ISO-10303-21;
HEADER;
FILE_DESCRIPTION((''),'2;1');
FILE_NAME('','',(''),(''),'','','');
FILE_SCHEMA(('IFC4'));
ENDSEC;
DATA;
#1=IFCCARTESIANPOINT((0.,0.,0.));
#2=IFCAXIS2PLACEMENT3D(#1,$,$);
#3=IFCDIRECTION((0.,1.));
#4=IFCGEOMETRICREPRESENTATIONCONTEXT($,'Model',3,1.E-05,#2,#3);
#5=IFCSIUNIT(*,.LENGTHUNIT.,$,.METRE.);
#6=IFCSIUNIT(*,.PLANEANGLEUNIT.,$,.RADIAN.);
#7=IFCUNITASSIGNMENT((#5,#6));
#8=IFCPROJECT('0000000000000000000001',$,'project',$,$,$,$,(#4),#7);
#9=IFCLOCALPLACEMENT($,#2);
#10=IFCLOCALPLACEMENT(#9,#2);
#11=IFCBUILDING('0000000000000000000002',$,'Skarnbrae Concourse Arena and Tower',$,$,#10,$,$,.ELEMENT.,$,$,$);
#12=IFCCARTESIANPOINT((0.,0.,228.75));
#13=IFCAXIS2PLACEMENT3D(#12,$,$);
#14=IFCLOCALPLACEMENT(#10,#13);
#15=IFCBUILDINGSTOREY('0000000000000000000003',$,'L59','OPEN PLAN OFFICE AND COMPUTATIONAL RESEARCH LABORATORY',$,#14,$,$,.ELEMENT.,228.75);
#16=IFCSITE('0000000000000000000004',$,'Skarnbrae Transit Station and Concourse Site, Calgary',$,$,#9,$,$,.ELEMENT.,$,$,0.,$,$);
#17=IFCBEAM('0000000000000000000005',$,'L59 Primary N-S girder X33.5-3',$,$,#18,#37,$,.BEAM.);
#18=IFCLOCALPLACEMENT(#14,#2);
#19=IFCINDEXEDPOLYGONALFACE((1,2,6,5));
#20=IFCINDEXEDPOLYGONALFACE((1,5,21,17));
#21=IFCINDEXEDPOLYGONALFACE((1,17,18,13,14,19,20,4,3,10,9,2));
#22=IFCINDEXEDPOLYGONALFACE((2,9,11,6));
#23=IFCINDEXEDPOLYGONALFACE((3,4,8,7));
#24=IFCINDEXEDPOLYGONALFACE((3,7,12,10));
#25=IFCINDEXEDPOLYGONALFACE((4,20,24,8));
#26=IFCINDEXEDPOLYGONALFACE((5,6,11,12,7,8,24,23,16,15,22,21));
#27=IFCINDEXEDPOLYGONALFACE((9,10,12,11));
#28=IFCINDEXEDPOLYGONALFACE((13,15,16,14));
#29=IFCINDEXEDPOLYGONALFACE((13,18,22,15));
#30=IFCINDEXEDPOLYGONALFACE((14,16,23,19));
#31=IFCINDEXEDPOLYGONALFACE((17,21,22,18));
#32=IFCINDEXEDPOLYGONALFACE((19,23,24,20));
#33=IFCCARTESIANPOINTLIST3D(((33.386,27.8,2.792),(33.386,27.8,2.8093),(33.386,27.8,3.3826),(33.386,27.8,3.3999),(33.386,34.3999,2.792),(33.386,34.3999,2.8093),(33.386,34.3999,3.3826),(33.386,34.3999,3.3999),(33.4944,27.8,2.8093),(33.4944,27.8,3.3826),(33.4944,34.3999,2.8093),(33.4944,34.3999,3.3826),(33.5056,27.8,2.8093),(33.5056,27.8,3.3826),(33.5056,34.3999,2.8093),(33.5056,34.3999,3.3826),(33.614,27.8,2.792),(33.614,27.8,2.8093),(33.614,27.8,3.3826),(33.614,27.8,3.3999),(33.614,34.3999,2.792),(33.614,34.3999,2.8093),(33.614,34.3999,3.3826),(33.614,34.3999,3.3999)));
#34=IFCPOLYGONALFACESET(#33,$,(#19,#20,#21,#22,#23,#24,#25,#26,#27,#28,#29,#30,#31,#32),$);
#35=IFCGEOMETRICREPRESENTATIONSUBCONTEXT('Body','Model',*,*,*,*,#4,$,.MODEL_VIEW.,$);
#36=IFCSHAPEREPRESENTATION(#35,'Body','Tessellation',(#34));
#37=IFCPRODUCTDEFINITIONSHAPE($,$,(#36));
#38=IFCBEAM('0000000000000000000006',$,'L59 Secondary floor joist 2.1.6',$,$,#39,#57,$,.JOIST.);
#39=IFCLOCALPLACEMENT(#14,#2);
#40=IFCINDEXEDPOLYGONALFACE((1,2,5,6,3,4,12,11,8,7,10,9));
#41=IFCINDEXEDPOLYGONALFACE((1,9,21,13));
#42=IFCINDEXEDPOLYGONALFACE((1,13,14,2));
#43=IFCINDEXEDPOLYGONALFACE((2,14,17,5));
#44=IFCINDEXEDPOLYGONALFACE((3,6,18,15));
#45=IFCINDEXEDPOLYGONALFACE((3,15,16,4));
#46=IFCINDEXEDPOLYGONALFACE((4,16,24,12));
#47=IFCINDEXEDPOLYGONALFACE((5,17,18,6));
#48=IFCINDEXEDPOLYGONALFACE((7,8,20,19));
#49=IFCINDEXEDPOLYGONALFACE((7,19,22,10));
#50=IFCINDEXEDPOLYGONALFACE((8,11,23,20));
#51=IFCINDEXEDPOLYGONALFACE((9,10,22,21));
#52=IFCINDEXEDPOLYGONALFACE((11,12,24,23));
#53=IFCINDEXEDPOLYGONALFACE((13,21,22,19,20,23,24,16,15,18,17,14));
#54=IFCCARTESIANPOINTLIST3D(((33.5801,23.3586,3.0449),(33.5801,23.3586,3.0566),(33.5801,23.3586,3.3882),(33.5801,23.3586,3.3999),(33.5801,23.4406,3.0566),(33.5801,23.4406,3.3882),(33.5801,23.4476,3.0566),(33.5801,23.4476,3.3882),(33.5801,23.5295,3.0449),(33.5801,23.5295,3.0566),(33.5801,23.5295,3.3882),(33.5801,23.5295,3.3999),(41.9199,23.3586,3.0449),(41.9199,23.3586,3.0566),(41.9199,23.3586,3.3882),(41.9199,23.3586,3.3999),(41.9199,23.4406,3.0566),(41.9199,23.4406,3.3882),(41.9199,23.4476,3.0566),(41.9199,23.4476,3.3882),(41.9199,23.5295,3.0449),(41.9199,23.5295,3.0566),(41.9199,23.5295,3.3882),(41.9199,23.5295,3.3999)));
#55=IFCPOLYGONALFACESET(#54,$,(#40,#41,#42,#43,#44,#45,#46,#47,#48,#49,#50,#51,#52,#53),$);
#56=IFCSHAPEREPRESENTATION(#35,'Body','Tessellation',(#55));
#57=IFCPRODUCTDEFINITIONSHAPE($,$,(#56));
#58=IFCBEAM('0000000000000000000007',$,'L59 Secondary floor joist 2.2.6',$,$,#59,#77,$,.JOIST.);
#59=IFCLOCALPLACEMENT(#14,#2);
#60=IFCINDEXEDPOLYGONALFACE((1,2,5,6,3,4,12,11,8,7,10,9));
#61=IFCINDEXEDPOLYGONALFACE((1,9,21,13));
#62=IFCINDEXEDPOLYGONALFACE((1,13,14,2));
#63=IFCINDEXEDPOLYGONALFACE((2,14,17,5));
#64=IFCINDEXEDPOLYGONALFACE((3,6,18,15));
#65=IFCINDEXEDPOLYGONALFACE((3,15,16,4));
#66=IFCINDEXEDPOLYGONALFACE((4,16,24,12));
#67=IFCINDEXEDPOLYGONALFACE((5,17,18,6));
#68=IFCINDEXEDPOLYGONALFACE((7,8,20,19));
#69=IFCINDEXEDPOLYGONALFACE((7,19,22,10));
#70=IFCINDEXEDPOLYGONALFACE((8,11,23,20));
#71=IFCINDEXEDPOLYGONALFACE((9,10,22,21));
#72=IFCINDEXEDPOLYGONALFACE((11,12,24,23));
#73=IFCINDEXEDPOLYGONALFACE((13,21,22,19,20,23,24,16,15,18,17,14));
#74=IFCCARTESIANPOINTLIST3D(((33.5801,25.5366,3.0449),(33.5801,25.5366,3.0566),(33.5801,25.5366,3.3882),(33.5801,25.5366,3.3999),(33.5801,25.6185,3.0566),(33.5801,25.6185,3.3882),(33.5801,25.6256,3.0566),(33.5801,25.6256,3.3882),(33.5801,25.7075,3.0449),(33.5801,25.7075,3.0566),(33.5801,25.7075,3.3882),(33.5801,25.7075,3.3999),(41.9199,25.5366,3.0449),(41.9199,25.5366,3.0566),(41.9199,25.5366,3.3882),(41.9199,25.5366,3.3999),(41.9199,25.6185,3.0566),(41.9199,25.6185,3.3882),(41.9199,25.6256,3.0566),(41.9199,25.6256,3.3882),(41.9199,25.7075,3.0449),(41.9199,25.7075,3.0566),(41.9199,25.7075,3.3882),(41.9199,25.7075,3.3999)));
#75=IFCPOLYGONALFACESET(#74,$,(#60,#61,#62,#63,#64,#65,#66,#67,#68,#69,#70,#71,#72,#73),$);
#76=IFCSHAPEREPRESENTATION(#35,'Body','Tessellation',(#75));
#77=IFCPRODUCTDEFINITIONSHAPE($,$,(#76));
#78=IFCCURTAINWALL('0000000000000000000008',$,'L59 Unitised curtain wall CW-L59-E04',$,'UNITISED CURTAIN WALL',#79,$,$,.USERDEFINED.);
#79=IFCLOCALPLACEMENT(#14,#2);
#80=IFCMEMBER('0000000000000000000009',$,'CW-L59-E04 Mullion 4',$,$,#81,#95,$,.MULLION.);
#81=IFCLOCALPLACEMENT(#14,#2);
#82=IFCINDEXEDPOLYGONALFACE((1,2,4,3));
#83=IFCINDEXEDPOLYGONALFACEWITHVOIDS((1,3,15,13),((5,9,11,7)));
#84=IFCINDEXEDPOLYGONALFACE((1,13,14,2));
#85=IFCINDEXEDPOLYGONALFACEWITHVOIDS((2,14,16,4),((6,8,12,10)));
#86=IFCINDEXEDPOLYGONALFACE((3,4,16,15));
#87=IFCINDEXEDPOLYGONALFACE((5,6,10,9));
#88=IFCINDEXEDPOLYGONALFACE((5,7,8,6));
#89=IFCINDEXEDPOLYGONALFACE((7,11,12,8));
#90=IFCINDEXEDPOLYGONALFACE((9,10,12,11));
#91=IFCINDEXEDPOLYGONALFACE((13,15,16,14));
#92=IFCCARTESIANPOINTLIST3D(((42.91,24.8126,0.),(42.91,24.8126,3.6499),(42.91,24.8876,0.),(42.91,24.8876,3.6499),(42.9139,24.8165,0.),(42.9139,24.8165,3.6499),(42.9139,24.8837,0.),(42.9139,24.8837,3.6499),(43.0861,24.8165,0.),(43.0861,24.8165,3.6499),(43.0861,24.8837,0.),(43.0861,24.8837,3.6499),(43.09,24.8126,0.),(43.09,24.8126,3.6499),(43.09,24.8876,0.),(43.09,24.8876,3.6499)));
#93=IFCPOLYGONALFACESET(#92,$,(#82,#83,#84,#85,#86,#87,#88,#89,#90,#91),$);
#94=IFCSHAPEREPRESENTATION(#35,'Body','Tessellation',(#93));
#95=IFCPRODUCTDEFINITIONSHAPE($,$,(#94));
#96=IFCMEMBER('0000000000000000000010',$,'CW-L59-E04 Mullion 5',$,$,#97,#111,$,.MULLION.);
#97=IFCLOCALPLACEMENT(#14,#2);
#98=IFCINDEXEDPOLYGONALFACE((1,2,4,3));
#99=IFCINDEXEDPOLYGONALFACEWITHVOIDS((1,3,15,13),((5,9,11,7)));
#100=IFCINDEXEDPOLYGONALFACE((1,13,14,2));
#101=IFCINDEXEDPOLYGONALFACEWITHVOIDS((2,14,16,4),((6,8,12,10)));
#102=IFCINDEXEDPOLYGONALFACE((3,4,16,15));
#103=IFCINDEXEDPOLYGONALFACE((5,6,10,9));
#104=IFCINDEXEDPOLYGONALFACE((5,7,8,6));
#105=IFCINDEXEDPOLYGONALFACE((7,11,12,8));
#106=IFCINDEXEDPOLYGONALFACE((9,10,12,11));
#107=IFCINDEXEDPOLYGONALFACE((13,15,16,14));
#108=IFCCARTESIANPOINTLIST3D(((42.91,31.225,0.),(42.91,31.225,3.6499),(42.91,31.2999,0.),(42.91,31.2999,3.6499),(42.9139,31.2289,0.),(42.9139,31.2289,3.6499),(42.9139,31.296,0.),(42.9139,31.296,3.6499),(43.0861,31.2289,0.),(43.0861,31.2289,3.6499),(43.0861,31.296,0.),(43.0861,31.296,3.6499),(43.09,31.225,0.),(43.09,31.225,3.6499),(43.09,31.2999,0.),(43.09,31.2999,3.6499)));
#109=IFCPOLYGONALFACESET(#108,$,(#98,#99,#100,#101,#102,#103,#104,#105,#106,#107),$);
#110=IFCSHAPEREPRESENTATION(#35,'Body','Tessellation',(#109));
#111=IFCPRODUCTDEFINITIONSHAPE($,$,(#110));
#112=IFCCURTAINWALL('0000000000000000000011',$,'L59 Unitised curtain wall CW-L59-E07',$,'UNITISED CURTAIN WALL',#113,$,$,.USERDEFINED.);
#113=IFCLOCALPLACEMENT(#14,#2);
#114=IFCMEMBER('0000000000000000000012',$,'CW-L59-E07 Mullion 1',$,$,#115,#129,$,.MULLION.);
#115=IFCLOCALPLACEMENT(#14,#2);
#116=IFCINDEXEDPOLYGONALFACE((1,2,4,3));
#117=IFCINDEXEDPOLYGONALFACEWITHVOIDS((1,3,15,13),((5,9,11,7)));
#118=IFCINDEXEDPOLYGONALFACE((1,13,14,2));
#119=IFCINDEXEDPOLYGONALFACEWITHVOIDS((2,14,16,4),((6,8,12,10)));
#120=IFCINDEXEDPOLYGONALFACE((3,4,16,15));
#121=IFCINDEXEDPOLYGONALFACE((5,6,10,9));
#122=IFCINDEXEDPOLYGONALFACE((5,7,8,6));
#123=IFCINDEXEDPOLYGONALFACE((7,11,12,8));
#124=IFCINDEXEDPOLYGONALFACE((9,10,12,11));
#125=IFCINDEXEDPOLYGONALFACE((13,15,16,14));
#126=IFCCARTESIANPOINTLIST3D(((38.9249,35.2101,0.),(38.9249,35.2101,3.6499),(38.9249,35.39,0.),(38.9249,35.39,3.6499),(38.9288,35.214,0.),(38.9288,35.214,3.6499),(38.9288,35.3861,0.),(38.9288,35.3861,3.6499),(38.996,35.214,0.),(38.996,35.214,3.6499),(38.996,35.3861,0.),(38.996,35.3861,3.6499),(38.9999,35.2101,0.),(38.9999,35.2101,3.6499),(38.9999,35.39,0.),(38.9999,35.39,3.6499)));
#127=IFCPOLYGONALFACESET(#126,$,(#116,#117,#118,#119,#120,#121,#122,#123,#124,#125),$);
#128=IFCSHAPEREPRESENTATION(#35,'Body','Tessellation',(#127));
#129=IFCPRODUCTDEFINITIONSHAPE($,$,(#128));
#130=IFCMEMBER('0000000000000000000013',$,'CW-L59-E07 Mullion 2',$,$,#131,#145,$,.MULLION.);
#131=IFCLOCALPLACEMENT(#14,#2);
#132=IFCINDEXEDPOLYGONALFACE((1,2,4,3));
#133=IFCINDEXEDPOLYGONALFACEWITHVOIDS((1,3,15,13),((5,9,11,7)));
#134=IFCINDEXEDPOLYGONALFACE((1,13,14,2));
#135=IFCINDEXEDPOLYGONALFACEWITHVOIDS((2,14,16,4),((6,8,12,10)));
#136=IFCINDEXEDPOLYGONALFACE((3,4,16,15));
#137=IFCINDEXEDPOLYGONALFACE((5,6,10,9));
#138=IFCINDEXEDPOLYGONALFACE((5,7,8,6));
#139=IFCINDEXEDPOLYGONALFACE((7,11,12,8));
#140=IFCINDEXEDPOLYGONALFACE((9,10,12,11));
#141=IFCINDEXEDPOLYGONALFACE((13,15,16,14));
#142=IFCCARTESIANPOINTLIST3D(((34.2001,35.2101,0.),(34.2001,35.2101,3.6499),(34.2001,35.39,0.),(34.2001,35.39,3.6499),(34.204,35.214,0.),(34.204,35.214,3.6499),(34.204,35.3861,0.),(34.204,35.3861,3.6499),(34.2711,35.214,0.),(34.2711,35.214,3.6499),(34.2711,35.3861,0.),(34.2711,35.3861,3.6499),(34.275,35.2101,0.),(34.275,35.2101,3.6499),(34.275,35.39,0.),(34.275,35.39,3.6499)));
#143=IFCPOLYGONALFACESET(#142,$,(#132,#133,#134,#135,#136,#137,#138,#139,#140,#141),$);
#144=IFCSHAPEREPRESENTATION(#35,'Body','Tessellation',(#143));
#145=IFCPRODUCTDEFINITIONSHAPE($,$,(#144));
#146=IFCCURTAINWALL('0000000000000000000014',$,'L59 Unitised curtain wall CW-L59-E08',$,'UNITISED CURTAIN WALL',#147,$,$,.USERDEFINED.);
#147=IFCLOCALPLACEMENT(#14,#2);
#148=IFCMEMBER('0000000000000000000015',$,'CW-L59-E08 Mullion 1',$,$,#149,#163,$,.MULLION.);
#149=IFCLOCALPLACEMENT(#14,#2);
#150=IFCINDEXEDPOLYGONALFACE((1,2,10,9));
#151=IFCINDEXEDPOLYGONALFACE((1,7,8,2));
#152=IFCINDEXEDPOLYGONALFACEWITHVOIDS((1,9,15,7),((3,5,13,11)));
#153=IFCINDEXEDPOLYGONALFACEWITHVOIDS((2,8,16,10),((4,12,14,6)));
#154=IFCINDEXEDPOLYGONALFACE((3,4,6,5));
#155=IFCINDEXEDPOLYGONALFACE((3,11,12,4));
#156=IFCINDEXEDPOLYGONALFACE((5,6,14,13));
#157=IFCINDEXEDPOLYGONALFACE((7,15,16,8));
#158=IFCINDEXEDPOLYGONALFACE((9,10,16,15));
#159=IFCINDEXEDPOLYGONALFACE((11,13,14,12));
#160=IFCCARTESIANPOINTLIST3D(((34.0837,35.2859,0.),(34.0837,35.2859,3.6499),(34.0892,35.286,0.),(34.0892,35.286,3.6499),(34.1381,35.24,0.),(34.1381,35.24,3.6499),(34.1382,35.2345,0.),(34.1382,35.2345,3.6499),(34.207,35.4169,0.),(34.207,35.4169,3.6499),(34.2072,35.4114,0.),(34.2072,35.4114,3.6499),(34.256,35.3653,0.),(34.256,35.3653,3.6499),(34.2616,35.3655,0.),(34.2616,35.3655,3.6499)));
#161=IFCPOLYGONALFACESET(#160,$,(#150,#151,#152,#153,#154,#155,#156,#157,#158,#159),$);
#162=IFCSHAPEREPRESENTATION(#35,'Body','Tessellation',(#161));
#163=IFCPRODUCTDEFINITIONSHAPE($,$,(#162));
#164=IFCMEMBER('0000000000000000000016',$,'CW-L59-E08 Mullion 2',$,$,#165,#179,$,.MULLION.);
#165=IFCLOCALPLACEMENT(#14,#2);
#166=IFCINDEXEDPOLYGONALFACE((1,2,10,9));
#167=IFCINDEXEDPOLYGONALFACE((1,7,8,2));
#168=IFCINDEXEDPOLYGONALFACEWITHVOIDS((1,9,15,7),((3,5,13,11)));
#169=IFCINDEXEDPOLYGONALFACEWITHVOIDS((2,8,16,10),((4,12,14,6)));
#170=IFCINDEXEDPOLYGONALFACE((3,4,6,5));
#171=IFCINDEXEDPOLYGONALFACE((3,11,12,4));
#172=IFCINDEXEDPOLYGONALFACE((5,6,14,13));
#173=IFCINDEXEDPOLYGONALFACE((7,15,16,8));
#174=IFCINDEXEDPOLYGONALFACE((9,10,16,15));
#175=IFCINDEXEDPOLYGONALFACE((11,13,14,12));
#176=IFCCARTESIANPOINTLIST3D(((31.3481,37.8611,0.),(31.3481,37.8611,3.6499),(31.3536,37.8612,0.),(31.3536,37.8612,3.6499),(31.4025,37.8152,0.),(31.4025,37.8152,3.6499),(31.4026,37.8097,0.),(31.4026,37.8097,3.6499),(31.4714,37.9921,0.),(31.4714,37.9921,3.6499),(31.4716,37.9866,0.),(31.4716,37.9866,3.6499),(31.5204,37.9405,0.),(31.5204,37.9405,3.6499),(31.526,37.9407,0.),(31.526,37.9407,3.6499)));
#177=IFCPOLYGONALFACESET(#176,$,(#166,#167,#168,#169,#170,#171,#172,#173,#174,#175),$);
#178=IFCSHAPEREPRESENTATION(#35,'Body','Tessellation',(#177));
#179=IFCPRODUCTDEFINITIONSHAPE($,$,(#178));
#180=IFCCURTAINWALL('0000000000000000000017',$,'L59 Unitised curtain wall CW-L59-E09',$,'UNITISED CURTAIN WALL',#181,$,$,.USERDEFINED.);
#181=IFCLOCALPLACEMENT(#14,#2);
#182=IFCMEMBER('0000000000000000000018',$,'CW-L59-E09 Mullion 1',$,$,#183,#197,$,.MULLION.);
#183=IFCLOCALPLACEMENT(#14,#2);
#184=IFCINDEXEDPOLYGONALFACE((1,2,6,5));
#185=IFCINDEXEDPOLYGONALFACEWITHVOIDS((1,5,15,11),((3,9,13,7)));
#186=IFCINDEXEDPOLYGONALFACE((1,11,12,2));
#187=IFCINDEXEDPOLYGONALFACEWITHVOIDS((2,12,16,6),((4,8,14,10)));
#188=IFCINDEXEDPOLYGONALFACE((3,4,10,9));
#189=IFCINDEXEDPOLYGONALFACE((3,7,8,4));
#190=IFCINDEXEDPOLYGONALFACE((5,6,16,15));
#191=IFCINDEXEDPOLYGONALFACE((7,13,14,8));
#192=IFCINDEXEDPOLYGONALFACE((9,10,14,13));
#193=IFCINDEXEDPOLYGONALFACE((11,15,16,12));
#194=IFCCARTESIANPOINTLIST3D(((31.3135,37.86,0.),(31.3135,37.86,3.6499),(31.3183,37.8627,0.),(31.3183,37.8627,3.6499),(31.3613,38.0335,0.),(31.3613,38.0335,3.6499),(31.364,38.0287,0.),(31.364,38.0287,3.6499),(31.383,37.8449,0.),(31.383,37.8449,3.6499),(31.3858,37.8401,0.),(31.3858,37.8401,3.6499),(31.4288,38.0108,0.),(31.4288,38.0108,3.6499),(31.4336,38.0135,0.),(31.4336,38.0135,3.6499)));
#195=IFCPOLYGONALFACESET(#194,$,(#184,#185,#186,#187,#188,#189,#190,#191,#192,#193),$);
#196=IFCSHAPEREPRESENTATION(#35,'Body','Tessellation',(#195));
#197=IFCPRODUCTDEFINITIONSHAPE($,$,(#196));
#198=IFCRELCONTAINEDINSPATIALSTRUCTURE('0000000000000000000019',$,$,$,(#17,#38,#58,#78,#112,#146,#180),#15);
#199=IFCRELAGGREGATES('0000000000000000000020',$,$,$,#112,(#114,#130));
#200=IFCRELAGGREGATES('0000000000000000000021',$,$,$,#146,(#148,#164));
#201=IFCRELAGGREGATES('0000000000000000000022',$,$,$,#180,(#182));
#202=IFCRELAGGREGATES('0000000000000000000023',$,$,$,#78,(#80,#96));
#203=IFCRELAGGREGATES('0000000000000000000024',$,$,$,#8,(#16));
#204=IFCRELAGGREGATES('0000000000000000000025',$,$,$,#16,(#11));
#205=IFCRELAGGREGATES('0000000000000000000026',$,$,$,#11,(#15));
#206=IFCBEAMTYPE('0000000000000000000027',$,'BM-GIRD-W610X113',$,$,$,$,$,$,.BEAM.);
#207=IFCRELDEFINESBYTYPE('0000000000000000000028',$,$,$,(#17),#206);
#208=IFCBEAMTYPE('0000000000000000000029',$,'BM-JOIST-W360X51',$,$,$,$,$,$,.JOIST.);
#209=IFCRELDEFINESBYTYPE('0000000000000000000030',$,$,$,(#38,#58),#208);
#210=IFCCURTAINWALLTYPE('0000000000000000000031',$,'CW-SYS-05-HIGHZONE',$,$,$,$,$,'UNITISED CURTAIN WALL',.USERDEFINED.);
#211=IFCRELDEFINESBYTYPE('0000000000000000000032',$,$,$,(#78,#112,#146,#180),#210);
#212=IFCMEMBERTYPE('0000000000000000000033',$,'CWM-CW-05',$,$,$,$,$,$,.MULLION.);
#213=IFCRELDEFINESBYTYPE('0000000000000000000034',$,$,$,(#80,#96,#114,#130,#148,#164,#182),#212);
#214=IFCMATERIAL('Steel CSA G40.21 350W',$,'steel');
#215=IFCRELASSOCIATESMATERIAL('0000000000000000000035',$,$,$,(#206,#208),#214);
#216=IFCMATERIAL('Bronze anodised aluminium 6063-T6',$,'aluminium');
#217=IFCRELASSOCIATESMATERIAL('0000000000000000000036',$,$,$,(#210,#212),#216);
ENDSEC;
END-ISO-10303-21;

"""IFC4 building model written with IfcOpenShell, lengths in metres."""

from ifc_helpers import new_model, si_unit, direction, frame, origin, origin_2d, place, context, subcontext, project, spatial, hollow_rectangle, i_section, extrude, source, transform, mapped, material, material_profile, profile_set, type_object, element, aggregate, save


model = new_model("IFC4")

# Units and contexts
model_context = context("Model", 3, precision=1e-05, world=origin(), true_north=direction((0.0, 1.0)))
body_context = subcontext(model_context, "Body", "Model", "MODEL_VIEW")
ifc_project = project(units=[si_unit("LENGTHUNIT", "METRE"), si_unit("PLANEANGLEUNIT", "RADIAN")], contexts=[model_context])

# Site, building, storey
site_placement = place(None, origin())
site = spatial("IfcSite", under=ifc_project, at=site_placement, Name="Skarnbrae Transit Station and Concourse Site, Calgary", CompositionType="ELEMENT", RefElevation=0.0)
building_placement = place(site_placement, origin())
building = spatial("IfcBuilding", under=site, at=building_placement, Name="Skarnbrae Concourse Arena and Tower", CompositionType="ELEMENT")
storey_placement = place(building_placement, frame((0.0, 0.0, 228.75)))
storey = spatial("IfcBuildingStorey", under=building, at=storey_placement, Name="L59", Description="OPEN PLAN OFFICE AND COMPUTATIONAL RESEARCH LABORATORY", CompositionType="ELEMENT", Elevation=228.75)

# Shared definitions
ifc_material_1 = material(Name="Steel CSA G40.21 350W", Category="steel")

# Beams
ifc_material_profile_1 = material_profile(ifc_material_1, i_section(OverallWidth=0.228, OverallDepth=0.6079, WebThickness=0.0112, FlangeThickness=0.0173, at=origin_2d()), Name="W610X113")
ifc_profile_set_1 = profile_set([ifc_material_profile_1], Name="Steel CSA G40.21 350W")
beam_type_1 = type_object("IfcBeamType", Name="BM-GIRD-W610X113", PredefinedType="BEAM", material=ifc_profile_set_1)
shared_shape_1 = source(origin(), body_context, "Body", "SweptSolid", [
    extrude(i_section(OverallWidth=0.228, OverallDepth=0.6079, WebThickness=0.0112, FlangeThickness=0.0173, at=origin_2d()), origin(), (0.0, 0.0, 1.0), 6.5999),
])
beam_1_placement = place(storey_placement, frame((33.5, 27.8, 3.0959), z_axis=(0.0, 1.0, 0.0), x_axis=(-1.0, 0.0, 0.0)))
element("IfcBeam", 1, at=beam_1_placement, inside=storey, type_object=beam_type_1, Name="L59 Primary N-S girder X33.5-3", PredefinedType="BEAM", context=body_context, shape_type="MappedRepresentation", body=[
    mapped(shared_shape_1, transform((0.0, 0.0, 0.0))),
])
ifc_material_profile_2 = material_profile(ifc_material_1, i_section(OverallWidth=0.1709, OverallDepth=0.355, WebThickness=0.0071, FlangeThickness=0.0117, at=origin_2d()), Name="W360X51")
ifc_profile_set_2 = profile_set([ifc_material_profile_2], Name="Steel CSA G40.21 350W")
beam_type_2 = type_object("IfcBeamType", Name="BM-JOIST-W360X51", PredefinedType="JOIST", material=ifc_profile_set_2)
shared_shape_2 = source(origin(), body_context, "Body", "SweptSolid", [
    extrude(i_section(OverallWidth=0.1709, OverallDepth=0.355, WebThickness=0.0071, FlangeThickness=0.0117, at=origin_2d()), origin(), (0.0, 0.0, 1.0), 8.3398),
])
for number, where, z_axis, x_axis, name in (
    (2, (33.5801, 23.4441, 3.2224), (1.0, 0.0, 0.0), (0.0, 1.0, 0.0), "L59 Secondary floor joist 2.1.6"),
    (3, (33.5801, 25.6221, 3.2224), (1.0, 0.0, 0.0), (0.0, 1.0, 0.0), "L59 Secondary floor joist 2.2.6"),
):
    element("IfcBeam", number, at=place(storey_placement, frame(where, z_axis=z_axis, x_axis=x_axis)), inside=storey, type_object=beam_type_2, Name=name, PredefinedType="JOIST", context=body_context, shape_type="MappedRepresentation", body=[
        mapped(shared_shape_2, transform((0.0, 0.0, 0.0))),
    ])

# Curtain walls, members
ifc_material_2 = material(Name="Bronze anodised aluminium 6063-T6", Category="aluminium")
curtain_wall_type = type_object("IfcCurtainWallType", Name="CW-SYS-05-HIGHZONE", ElementType="UNITISED CURTAIN WALL", PredefinedType="USERDEFINED", material=ifc_material_2)
curtain_wall_1_placement = place(storey_placement, origin())
curtain_wall_1 = element("IfcCurtainWall", 4, at=curtain_wall_1_placement, inside=storey, type_object=curtain_wall_type, Name="L59 Unitised curtain wall CW-L59-E04", ObjectType="UNITISED CURTAIN WALL", PredefinedType="USERDEFINED")
ifc_material_profile_3 = material_profile(ifc_material_2, hollow_rectangle(XDim=0.075, YDim=0.1799, WallThickness=0.0039, at=origin_2d()), Name="ALU-MULL-75X180")
ifc_profile_set_3 = profile_set([ifc_material_profile_3], Name="Bronze anodised aluminium 6063-T6")
member_type_1 = type_object("IfcMemberType", Name="CWM-CW-05", PredefinedType="MULLION", material=ifc_profile_set_3)
shared_shape_3 = source(origin(), body_context, "Body", "SweptSolid", [
    extrude(hollow_rectangle(XDim=0.075, YDim=0.1799, WallThickness=0.0039, at=origin_2d()), origin(), (0.0, 0.0, 1.0), 3.6499),
])
member_1_placement = place(storey_placement, frame((43.0, 24.8501, 0.0), z_axis=(0.0, 0.0, 1.0), x_axis=(0.0, 1.0, 0.0)))
member_1 = element("IfcMember", 5, at=member_1_placement, type_object=member_type_1, Name="CW-L59-E04 Mullion 4", PredefinedType="MULLION", context=body_context, shape_type="MappedRepresentation", body=[
    mapped(shared_shape_3, transform((0.0, 0.0, 0.0))),
])
member_2_placement = place(storey_placement, frame((43.0, 31.2625, 0.0), z_axis=(0.0, 0.0, 1.0), x_axis=(0.0, 1.0, 0.0)))
member_2 = element("IfcMember", 6, at=member_2_placement, type_object=member_type_1, Name="CW-L59-E04 Mullion 5", PredefinedType="MULLION", context=body_context, shape_type="MappedRepresentation", body=[
    mapped(shared_shape_3, transform((0.0, 0.0, 0.0))),
])
curtain_wall_2_placement = place(storey_placement, origin())
curtain_wall_2 = element("IfcCurtainWall", 7, at=curtain_wall_2_placement, inside=storey, type_object=curtain_wall_type, Name="L59 Unitised curtain wall CW-L59-E07", ObjectType="UNITISED CURTAIN WALL", PredefinedType="USERDEFINED")
member_3_placement = place(storey_placement, frame((38.9624, 35.3, 0.0), z_axis=(0.0, 0.0, 1.0), x_axis=(-1.0, 0.0, 0.0)))
member_3 = element("IfcMember", 8, at=member_3_placement, type_object=member_type_1, Name="CW-L59-E07 Mullion 1", PredefinedType="MULLION", context=body_context, shape_type="MappedRepresentation", body=[
    mapped(shared_shape_3, transform((0.0, 0.0, 0.0))),
])
member_4_placement = place(storey_placement, frame((34.2375, 35.3, 0.0), z_axis=(0.0, 0.0, 1.0), x_axis=(-1.0, 0.0, 0.0)))
member_4 = element("IfcMember", 9, at=member_4_placement, type_object=member_type_1, Name="CW-L59-E07 Mullion 2", PredefinedType="MULLION", context=body_context, shape_type="MappedRepresentation", body=[
    mapped(shared_shape_3, transform((0.0, 0.0, 0.0))),
])
curtain_wall_3_placement = place(storey_placement, origin())
curtain_wall_3 = element("IfcCurtainWall", 10, at=curtain_wall_3_placement, inside=storey, type_object=curtain_wall_type, Name="L59 Unitised curtain wall CW-L59-E08", ObjectType="UNITISED CURTAIN WALL", PredefinedType="USERDEFINED")
member_5_placement = place(storey_placement, frame((34.1726, 35.3257, 0.0), z_axis=(0.0, 0.0, 1.0), x_axis=(-0.728131, 0.685438, 0.0)))
member_5 = element("IfcMember", 11, at=member_5_placement, type_object=member_type_1, Name="CW-L59-E08 Mullion 1", PredefinedType="MULLION", context=body_context, shape_type="MappedRepresentation", body=[
    mapped(shared_shape_3, transform((0.0, 0.0, 0.0))),
])
member_6_placement = place(storey_placement, frame((31.437, 37.9009, 0.0), z_axis=(0.0, 0.0, 1.0), x_axis=(-0.728131, 0.685438, 0.0)))
member_6 = element("IfcMember", 12, at=member_6_placement, type_object=member_type_1, Name="CW-L59-E08 Mullion 2", PredefinedType="MULLION", context=body_context, shape_type="MappedRepresentation", body=[
    mapped(shared_shape_3, transform((0.0, 0.0, 0.0))),
])

# Curtain wall, member
curtain_wall_4_placement = place(storey_placement, origin())
curtain_wall_4 = element("IfcCurtainWall", 13, at=curtain_wall_4_placement, inside=storey, type_object=curtain_wall_type, Name="L59 Unitised curtain wall CW-L59-E09", ObjectType="UNITISED CURTAIN WALL", PredefinedType="USERDEFINED")
member_7_placement = place(storey_placement, frame((31.3735, 37.9368, 0.0), z_axis=(0.0, 0.0, 1.0), x_axis=(-0.964057, 0.265694, 0.0)))
member_7 = element("IfcMember", 14, at=member_7_placement, type_object=member_type_1, Name="CW-L59-E09 Mullion 1", PredefinedType="MULLION", context=body_context, shape_type="MappedRepresentation", body=[
    mapped(shared_shape_3, transform((0.0, 0.0, 0.0))),
])

aggregate(curtain_wall_2, [member_3, member_4])
aggregate(curtain_wall_3, [member_5, member_6])
aggregate(curtain_wall_4, [member_7])
aggregate(curtain_wall_1, [member_1, member_2])

save(model, "model.ifc")
